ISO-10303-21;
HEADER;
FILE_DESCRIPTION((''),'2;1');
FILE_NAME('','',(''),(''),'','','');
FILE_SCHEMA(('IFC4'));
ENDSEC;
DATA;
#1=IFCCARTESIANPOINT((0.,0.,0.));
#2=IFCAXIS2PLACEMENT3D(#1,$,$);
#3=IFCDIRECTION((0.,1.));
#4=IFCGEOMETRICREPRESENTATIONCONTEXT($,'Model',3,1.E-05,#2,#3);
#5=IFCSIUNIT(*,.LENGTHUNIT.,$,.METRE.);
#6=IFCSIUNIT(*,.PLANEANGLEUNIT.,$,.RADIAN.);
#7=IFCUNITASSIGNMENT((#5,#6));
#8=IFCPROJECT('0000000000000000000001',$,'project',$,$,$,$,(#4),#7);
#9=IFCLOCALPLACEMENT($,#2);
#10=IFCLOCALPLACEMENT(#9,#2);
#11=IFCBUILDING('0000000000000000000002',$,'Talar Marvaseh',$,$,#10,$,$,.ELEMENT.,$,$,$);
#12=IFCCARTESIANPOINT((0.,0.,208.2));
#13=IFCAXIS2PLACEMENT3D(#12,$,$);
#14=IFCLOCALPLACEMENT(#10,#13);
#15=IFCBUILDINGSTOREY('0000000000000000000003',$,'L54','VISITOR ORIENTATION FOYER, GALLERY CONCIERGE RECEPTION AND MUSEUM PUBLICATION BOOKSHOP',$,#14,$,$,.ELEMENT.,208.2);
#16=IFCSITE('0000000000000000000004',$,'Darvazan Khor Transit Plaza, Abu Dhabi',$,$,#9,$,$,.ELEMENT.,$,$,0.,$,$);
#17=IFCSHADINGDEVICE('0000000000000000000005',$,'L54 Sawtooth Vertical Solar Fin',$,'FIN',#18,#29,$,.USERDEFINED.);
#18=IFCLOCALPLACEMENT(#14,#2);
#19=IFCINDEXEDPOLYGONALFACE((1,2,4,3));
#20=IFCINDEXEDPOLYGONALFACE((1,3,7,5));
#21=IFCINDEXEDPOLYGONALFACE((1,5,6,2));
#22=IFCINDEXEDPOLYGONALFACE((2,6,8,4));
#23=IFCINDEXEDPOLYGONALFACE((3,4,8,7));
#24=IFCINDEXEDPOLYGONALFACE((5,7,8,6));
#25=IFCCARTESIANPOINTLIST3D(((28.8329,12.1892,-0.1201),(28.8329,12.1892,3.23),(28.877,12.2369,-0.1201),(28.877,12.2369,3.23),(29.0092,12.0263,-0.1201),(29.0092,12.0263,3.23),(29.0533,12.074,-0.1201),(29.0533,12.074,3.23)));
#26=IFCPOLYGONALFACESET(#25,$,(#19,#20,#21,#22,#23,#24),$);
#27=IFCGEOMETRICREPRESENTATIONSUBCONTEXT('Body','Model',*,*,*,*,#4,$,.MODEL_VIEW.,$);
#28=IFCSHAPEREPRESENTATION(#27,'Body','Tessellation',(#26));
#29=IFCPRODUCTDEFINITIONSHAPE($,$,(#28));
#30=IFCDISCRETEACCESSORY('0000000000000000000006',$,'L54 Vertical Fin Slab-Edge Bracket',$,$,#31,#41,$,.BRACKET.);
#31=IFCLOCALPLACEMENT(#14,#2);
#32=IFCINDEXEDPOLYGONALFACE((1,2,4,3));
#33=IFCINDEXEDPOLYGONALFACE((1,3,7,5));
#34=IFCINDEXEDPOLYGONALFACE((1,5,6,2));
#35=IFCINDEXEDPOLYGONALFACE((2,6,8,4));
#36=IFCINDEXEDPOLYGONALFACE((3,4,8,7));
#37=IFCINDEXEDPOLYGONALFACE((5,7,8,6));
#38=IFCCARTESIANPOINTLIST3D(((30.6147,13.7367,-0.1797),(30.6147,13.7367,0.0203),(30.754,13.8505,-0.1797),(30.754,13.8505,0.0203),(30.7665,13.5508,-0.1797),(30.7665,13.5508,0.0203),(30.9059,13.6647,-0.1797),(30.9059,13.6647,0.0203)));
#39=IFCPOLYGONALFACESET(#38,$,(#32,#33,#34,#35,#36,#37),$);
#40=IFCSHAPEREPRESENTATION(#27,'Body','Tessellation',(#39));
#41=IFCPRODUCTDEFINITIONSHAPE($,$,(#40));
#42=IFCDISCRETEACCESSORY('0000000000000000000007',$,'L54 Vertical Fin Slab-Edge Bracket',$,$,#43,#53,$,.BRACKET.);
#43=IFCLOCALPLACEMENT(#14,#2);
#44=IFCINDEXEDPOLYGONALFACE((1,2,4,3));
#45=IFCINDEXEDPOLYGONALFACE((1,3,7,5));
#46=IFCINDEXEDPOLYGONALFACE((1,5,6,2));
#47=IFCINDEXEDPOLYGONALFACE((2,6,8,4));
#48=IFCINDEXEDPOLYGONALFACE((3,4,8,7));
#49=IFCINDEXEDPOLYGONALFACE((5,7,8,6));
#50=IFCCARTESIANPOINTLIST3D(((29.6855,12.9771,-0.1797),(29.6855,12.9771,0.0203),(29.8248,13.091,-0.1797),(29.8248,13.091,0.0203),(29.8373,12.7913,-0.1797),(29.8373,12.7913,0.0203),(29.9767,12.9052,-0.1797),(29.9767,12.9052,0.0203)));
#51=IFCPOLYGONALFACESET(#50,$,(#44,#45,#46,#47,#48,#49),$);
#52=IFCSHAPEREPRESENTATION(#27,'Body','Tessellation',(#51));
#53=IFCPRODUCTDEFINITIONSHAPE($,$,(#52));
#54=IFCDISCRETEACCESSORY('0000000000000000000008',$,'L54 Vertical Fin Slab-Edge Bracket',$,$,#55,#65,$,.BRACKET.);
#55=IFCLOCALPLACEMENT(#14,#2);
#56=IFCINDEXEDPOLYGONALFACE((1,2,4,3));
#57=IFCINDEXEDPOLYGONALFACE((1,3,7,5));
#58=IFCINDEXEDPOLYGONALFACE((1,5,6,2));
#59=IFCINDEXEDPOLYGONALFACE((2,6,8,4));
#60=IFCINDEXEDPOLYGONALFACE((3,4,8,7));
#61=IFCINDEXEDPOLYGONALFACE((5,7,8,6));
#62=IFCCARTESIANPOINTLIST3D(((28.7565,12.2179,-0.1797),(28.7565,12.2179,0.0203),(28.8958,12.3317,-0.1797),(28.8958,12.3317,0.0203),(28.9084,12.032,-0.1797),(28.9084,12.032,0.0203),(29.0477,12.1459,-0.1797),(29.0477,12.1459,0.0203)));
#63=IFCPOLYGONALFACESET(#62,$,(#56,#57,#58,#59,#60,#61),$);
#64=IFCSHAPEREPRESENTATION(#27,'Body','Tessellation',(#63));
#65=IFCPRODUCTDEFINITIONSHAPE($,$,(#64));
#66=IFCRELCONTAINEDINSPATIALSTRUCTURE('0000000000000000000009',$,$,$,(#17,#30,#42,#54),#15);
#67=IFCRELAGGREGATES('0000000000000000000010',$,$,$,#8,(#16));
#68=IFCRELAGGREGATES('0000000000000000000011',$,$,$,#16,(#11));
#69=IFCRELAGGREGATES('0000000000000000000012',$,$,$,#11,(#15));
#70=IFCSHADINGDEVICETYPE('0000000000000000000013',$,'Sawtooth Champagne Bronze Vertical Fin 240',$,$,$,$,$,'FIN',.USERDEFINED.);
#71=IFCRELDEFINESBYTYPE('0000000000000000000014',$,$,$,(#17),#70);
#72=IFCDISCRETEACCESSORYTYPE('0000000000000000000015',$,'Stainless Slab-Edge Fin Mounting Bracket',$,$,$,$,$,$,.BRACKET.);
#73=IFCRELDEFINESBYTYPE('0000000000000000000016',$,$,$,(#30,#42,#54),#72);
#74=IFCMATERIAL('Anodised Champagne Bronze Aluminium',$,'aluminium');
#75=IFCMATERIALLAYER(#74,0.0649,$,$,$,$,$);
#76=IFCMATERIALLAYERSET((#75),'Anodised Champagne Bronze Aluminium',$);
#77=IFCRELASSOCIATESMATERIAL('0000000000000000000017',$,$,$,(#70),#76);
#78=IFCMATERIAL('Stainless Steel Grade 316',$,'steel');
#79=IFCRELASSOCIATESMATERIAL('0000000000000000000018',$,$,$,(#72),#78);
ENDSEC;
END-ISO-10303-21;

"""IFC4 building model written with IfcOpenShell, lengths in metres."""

from ifc_helpers import new_model, si_unit, direction, frame, origin, origin_2d, place, context, subcontext, project, spatial, rectangle, extrude, source, transform, mapped, material, layer, layer_set, type_object, type_shapes, element, save


model = new_model("IFC4")

# Units and contexts
model_context = context("Model", 3, precision=1e-05, world=origin(), true_north=direction((0.0, 1.0)))
body_context = subcontext(model_context, "Body", "Model", "MODEL_VIEW")
ifc_project = project(units=[si_unit("LENGTHUNIT", "METRE"), si_unit("PLANEANGLEUNIT", "RADIAN")], contexts=[model_context])

# Site, building, storey
site_placement = place(None, origin())
site = spatial("IfcSite", under=ifc_project, at=site_placement, Name="Darvazan Khor Transit Plaza, Abu Dhabi", CompositionType="ELEMENT", RefElevation=0.0)
building_placement = place(site_placement, origin())
building = spatial("IfcBuilding", under=site, at=building_placement, Name="Talar Marvaseh", CompositionType="ELEMENT")
storey_placement = place(building_placement, frame((0.0, 0.0, 208.2)))
storey = spatial("IfcBuildingStorey", under=building, at=storey_placement, Name="L54", Description="VISITOR ORIENTATION FOYER, GALLERY CONCIERGE RECEPTION AND MUSEUM PUBLICATION BOOKSHOP", CompositionType="ELEMENT", Elevation=208.2)

# Shading device
ifc_material_1 = material(Name="Anodised Champagne Bronze Aluminium", Category="aluminium")
ifc_layer_1 = layer(ifc_material_1, 0.0649)
ifc_layer_set_1 = layer_set([ifc_layer_1], Name="Anodised Champagne Bronze Aluminium")
shading_device_type = type_object("IfcShadingDeviceType", Name="Sawtooth Champagne Bronze Vertical Fin 240", ElementType="FIN", PredefinedType="USERDEFINED", material=ifc_layer_set_1)
shared_shape_1 = source(origin(), body_context, "Body", "SweptSolid", [
    extrude(rectangle(XDim=0.24, YDim=0.0649, at=origin_2d()), origin(), (0.0, 0.0, 1.0), 3.3501),
])
type_shapes(shading_device_type, [shared_shape_1])
for number, where, z_axis, x_axis, name in (
    (1, (28.9431, 12.1316, -0.1201), (0.0, 0.0, 1.0), (0.734441, -0.678673, 0.0), "L54 Sawtooth Vertical Solar Fin"),
):
    element("IfcShadingDevice", number, at=place(storey_placement, frame(where, z_axis=z_axis, x_axis=x_axis)), inside=storey, type_object=shading_device_type, Name=name, ObjectType="FIN", PredefinedType="USERDEFINED", context=body_context, shape_type="MappedRepresentation", body=[
        mapped(shared_shape_1, transform((0.0, 0.0, 0.0), x_axis=(1.0, 0.0, 0.0), y_axis=(0.0, 1.0, 0.0), z_axis=(0.0, 0.0, 1.0), scale=1.0)),
    ])

# Discrete accessories
ifc_material_2 = material(Name="Stainless Steel Grade 316", Category="steel")
discrete_accessory_type = type_object("IfcDiscreteAccessoryType", Name="Stainless Slab-Edge Fin Mounting Bracket", PredefinedType="BRACKET", material=ifc_material_2)
shared_shape_2 = source(origin(), body_context, "Body", "SweptSolid", [
    extrude(rectangle(XDim=0.24, YDim=0.1799, at=origin_2d()), origin(), (0.0, 0.0, 1.0), 0.2),
])
type_shapes(discrete_accessory_type, [shared_shape_2])
for number, where, z_axis, x_axis, name in (
    (2, (30.7603, 13.7007, -0.1797), (0.0, 0.0, 1.0), (0.63284, -0.774282, 0.0), "L54 Vertical Fin Slab-Edge Bracket"),
    (3, (29.8311, 12.9412, -0.1797), (0.0, 0.0, 1.0), (0.63284, -0.774282, 0.0), "L54 Vertical Fin Slab-Edge Bracket"),
    (4, (28.9021, 12.1819, -0.1797), (0.0, 0.0, 1.0), (0.63284, -0.774282, 0.0), "L54 Vertical Fin Slab-Edge Bracket"),
):
    element("IfcDiscreteAccessory", number, at=place(storey_placement, frame(where, z_axis=z_axis, x_axis=x_axis)), inside=storey, type_object=discrete_accessory_type, Name=name, PredefinedType="BRACKET", context=body_context, shape_type="MappedRepresentation", body=[
        mapped(shared_shape_2, transform((0.0, 0.0, 0.0), x_axis=(1.0, 0.0, 0.0), y_axis=(0.0, 1.0, 0.0), z_axis=(0.0, 0.0, 1.0), scale=1.0)),
    ])

save(model, "model.ifc")
